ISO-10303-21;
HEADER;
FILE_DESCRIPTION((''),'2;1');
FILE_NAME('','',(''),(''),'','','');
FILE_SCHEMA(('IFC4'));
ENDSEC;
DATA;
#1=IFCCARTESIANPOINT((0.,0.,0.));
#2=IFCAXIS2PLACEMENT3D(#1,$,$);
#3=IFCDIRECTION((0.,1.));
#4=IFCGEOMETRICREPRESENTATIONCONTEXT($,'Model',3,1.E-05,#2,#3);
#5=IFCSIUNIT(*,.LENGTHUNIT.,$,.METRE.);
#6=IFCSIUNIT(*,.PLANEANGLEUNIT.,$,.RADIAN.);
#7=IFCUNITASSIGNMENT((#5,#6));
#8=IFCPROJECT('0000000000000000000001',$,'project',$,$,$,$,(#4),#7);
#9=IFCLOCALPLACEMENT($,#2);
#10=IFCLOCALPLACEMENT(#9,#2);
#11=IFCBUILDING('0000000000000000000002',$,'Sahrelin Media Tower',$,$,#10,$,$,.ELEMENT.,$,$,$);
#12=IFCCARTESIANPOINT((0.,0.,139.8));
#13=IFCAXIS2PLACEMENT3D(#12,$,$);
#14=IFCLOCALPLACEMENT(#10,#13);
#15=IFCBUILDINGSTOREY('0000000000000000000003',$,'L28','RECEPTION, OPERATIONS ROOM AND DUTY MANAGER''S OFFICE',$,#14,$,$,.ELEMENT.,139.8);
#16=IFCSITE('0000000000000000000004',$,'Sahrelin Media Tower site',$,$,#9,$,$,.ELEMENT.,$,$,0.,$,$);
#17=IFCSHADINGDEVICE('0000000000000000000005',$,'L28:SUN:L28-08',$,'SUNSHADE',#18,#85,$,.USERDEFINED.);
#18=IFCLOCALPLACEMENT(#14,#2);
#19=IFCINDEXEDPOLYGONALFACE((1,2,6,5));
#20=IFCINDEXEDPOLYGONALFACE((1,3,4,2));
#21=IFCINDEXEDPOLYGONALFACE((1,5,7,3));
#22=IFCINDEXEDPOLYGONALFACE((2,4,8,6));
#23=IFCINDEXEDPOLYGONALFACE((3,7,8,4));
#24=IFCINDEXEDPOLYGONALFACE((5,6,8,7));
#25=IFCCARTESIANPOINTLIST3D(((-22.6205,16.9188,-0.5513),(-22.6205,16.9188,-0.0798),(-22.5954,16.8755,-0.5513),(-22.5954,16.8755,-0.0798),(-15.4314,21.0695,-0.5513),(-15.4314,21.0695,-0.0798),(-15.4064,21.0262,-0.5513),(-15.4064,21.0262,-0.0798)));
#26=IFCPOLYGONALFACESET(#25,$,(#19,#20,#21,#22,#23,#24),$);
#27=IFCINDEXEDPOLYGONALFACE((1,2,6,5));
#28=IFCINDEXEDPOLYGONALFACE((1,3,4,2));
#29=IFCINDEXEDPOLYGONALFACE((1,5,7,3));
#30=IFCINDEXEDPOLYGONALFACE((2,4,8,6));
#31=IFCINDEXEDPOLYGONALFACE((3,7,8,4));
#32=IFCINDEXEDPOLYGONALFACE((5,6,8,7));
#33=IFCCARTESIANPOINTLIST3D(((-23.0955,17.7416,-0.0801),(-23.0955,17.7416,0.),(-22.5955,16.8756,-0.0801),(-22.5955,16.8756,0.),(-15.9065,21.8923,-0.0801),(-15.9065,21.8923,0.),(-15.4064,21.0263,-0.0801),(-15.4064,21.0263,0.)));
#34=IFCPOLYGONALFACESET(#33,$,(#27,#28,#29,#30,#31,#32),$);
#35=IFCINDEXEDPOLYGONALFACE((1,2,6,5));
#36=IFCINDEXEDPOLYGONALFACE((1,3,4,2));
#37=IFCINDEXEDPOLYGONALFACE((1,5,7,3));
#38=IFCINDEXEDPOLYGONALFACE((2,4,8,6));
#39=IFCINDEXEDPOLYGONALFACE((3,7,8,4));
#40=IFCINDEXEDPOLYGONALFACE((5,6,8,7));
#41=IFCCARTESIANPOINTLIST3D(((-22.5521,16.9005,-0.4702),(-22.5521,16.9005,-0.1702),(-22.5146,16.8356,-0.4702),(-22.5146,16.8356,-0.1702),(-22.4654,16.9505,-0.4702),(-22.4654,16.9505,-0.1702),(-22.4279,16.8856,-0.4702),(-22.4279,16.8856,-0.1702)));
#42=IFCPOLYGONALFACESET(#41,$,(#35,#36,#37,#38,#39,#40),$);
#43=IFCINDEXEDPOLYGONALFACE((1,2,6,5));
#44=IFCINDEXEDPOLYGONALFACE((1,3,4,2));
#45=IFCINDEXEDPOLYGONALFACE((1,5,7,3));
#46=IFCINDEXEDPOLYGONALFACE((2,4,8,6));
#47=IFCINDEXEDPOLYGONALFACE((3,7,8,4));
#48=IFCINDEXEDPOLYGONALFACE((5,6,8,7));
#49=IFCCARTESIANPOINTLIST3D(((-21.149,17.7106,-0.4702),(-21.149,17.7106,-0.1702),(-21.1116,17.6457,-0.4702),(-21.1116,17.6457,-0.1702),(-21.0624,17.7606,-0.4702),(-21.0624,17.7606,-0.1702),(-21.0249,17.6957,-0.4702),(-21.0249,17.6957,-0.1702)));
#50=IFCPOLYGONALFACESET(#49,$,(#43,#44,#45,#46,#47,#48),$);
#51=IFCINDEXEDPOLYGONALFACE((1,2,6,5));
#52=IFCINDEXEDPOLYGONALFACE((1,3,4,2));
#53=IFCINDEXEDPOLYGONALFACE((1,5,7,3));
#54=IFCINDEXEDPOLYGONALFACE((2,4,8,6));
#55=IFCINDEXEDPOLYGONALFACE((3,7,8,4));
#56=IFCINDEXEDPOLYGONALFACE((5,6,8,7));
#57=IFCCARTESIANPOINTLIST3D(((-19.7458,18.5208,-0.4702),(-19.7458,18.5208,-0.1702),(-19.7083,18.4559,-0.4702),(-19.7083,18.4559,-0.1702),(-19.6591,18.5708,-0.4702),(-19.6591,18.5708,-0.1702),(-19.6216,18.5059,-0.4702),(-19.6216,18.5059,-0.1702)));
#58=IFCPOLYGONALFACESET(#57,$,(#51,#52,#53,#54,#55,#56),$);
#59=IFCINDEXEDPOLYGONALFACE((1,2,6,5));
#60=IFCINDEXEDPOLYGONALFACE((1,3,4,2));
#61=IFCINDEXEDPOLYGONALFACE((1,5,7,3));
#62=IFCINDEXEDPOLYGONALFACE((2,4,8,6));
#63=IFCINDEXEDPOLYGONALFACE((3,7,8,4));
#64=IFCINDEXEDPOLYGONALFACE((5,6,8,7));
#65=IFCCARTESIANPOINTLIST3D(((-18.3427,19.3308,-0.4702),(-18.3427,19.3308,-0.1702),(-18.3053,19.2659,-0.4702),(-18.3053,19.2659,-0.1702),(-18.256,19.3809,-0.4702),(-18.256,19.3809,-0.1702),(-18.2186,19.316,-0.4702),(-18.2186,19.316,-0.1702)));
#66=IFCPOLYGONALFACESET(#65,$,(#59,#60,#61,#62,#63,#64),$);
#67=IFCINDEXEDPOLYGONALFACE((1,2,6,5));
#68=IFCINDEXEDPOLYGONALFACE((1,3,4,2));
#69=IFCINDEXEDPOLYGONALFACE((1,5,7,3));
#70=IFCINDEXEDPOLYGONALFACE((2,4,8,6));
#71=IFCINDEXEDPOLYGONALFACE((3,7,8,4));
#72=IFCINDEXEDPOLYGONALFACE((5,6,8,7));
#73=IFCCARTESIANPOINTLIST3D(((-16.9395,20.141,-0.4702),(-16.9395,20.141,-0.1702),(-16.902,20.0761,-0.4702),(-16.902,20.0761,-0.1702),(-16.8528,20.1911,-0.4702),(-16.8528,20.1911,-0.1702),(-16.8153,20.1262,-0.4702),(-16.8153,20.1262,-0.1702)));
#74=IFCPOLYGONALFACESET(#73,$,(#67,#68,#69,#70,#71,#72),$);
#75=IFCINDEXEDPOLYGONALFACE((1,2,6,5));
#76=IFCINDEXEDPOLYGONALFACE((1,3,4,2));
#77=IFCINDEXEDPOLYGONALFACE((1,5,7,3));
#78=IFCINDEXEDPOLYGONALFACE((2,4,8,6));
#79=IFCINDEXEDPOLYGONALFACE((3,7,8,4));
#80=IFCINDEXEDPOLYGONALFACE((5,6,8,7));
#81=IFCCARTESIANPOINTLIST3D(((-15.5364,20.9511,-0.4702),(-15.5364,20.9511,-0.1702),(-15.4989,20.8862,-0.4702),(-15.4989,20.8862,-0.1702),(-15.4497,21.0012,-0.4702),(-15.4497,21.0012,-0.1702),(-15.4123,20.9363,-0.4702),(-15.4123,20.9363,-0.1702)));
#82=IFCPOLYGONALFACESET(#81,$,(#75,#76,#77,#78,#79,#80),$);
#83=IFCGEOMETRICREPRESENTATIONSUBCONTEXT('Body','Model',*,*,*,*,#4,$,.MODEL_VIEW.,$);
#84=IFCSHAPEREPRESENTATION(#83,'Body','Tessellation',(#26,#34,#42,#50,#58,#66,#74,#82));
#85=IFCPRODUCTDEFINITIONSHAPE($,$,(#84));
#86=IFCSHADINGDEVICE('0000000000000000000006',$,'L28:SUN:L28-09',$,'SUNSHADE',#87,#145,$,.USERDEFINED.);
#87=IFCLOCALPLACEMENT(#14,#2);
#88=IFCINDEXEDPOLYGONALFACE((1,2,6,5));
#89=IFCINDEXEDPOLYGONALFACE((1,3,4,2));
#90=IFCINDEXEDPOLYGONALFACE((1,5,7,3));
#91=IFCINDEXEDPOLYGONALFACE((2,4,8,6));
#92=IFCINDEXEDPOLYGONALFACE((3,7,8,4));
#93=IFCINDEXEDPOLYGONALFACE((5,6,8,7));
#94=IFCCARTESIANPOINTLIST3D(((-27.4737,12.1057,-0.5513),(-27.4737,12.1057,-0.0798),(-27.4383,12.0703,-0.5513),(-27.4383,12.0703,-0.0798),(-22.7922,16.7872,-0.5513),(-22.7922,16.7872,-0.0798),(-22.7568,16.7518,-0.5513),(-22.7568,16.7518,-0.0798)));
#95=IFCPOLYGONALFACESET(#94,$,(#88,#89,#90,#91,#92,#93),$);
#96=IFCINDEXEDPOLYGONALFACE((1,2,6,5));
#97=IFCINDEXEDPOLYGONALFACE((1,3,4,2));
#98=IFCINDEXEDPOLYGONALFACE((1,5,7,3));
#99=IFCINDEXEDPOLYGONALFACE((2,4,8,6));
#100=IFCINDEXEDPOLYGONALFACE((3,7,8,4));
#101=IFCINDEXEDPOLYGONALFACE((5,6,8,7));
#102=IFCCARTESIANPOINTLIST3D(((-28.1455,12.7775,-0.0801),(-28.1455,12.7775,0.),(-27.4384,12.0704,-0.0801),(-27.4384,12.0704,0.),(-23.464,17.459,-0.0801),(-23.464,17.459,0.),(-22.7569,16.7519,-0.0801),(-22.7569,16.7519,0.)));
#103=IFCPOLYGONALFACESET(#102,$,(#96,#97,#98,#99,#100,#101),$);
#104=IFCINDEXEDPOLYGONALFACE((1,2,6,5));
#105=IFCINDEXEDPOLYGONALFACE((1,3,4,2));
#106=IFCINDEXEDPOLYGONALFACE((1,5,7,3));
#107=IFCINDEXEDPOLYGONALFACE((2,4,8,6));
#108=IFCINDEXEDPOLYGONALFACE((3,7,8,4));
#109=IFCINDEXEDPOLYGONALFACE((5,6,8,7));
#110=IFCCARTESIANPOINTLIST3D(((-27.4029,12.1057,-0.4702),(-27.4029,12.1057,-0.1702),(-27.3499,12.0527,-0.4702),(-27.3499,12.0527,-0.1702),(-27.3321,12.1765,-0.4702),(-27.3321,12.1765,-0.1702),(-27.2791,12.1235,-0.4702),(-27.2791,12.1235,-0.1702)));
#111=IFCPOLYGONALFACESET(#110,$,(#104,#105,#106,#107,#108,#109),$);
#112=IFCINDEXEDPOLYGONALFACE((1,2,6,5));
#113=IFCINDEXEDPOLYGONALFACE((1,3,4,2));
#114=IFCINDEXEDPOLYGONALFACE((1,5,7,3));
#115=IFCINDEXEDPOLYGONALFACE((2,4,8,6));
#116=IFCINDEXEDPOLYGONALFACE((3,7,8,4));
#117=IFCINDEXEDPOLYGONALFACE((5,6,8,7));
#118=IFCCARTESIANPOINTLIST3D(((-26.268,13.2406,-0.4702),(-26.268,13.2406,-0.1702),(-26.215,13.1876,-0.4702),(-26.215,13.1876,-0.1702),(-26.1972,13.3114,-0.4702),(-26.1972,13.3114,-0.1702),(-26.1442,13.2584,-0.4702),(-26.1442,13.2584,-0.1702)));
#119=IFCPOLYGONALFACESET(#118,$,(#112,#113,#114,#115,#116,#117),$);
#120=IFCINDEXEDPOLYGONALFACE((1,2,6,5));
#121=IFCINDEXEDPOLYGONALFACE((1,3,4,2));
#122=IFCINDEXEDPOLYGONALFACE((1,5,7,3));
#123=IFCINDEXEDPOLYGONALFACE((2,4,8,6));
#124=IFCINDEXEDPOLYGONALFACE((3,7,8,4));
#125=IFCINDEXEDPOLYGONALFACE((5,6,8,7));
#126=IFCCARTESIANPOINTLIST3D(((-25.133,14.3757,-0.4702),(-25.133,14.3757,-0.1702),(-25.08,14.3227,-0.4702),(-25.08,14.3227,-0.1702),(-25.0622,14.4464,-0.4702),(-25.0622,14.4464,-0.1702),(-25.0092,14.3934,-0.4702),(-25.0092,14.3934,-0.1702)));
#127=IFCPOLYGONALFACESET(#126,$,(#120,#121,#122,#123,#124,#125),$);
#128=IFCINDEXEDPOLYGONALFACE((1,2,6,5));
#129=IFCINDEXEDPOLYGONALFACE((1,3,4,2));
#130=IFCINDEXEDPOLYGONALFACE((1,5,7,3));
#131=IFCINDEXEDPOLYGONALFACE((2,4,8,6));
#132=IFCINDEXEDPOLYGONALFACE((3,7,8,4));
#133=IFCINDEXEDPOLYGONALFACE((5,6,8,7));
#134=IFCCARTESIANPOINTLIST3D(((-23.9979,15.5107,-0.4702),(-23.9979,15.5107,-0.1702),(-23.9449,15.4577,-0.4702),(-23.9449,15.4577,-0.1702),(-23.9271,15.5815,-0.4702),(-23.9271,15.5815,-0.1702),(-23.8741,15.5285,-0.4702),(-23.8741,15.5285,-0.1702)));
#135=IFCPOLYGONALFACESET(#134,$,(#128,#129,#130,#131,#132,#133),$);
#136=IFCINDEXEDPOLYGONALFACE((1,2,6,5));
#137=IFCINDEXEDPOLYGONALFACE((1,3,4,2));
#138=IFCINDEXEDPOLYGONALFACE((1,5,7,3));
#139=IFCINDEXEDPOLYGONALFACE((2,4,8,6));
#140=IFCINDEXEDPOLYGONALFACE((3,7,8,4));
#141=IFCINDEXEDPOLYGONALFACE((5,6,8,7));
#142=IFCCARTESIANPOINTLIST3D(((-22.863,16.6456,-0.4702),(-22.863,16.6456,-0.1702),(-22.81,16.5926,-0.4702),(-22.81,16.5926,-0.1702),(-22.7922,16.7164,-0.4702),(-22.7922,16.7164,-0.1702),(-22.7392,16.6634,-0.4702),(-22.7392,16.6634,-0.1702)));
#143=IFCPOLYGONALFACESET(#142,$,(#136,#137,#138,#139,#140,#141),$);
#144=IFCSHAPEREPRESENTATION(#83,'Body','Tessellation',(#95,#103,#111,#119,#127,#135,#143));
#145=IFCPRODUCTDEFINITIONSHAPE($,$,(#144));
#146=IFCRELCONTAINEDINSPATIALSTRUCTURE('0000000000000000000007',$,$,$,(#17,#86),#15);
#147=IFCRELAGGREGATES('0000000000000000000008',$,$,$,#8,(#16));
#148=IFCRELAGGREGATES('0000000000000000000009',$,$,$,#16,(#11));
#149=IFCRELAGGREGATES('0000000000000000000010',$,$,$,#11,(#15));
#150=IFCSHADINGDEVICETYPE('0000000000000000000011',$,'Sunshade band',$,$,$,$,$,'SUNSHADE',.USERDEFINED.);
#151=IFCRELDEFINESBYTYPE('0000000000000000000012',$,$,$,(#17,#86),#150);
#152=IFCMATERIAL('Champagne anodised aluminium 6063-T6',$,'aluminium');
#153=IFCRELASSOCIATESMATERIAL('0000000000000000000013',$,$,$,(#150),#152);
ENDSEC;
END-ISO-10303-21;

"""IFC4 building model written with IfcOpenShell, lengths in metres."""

from ifc_helpers import new_model, si_unit, direction, frame, origin, origin_2d, place, context, subcontext, project, spatial, rectangle, extrude, material, type_object, element, save


model = new_model("IFC4")

# Units and contexts
model_context = context("Model", 3, precision=1e-05, world=origin(), true_north=direction((0.0, 1.0)))
body_context = subcontext(model_context, "Body", "Model", "MODEL_VIEW")
ifc_project = project(units=[si_unit("LENGTHUNIT", "METRE"), si_unit("PLANEANGLEUNIT", "RADIAN")], contexts=[model_context])

# Site, building, storey
site_placement = place(None, origin())
site = spatial("IfcSite", under=ifc_project, at=site_placement, Name="Sahrelin Media Tower site", CompositionType="ELEMENT", RefElevation=0.0)
building_placement = place(site_placement, origin())
building = spatial("IfcBuilding", under=site, at=building_placement, Name="Sahrelin Media Tower", CompositionType="ELEMENT")
storey_placement = place(building_placement, frame((0.0, 0.0, 139.8)))
storey = spatial("IfcBuildingStorey", under=building, at=storey_placement, Name="L28", Description="RECEPTION, OPERATIONS ROOM AND DUTY MANAGER'S OFFICE", CompositionType="ELEMENT", Elevation=139.8)

# Shared definitions
ifc_material_1 = material(Name="Champagne anodised aluminium 6063-T6", Category="aluminium")

# Shading devices
placement_1 = place(storey_placement, frame((-18.991, 18.9336, 0.0), z_axis=(0.0, 0.0, 1.0), x_axis=(0.866019, 0.500011, 0.0)))
placement_2 = place(storey_placement, frame((-25.0835, 14.397, 0.0), z_axis=(0.0, 0.0, 1.0), x_axis=(0.707107, 0.707107, 0.0)))
shading_device_type_1 = type_object("IfcShadingDeviceType", Name="Sunshade band", ElementType="SUNSHADE", PredefinedType="USERDEFINED", material=ifc_material_1)
element("IfcShadingDevice", 1, at=placement_1, inside=storey, type_object=shading_device_type_1, Name="L28:SUN:L28-08", ObjectType="SUNSHADE", PredefinedType="USERDEFINED", context=body_context, shape_type="SweptSolid", body=[
    extrude(rectangle(XDim=8.3013, YDim=0.05, at=origin_2d()), frame((0.0, 0.0449, -0.5513)), (0.0, 0.0, 1.0), 0.4714),
    extrude(rectangle(XDim=8.3013, YDim=1.0, at=origin_2d()), frame((0.0, 0.52, -0.0801)), (0.0, 0.0, 1.0), 0.0801),
    extrude(rectangle(XDim=0.1001, YDim=0.075, at=origin_2d()), frame((-4.0505, -0.0176, -0.4702)), (0.0, 0.0, 1.0), 0.3),
    extrude(rectangle(XDim=0.1001, YDim=0.075, at=origin_2d()), frame((-2.4304, -0.0176, -0.4702)), (0.0, 0.0, 1.0), 0.3),
    extrude(rectangle(XDim=0.1001, YDim=0.075, at=origin_2d()), frame((-0.8101, -0.0176, -0.4702)), (0.0, 0.0, 1.0), 0.3),
    extrude(rectangle(XDim=0.1001, YDim=0.075, at=origin_2d()), frame((0.8101, -0.0176, -0.4702)), (0.0, 0.0, 1.0), 0.3),
    extrude(rectangle(XDim=0.1001, YDim=0.075, at=origin_2d()), frame((2.4304, -0.0176, -0.4702)), (0.0, 0.0, 1.0), 0.3),
    extrude(rectangle(XDim=0.1001, YDim=0.075, at=origin_2d()), frame((4.0505, -0.0176, -0.4702)), (0.0, 0.0, 1.0), 0.3),
])
element("IfcShadingDevice", 2, at=placement_2, inside=storey, type_object=shading_device_type_1, Name="L28:SUN:L28-09", ObjectType="SUNSHADE", PredefinedType="USERDEFINED", context=body_context, shape_type="SweptSolid", body=[
    extrude(rectangle(XDim=6.6206, YDim=0.05, at=origin_2d()), frame((0.0, 0.0449, -0.5513)), (0.0, 0.0, 1.0), 0.4714),
    extrude(rectangle(XDim=6.6206, YDim=1.0, at=origin_2d()), frame((0.0, 0.52, -0.0801)), (0.0, 0.0, 1.0), 0.0801),
    extrude(rectangle(XDim=0.1001, YDim=0.075, at=origin_2d()), frame((-3.2102, -0.0176, -0.4702)), (0.0, 0.0, 1.0), 0.3),
    extrude(rectangle(XDim=0.1001, YDim=0.075, at=origin_2d()), frame((-1.6052, -0.0176, -0.4702)), (0.0, 0.0, 1.0), 0.3),
    extrude(rectangle(XDim=0.1001, YDim=0.075, at=origin_2d()), frame((0.0, -0.0176, -0.4702)), (0.0, 0.0, 1.0), 0.3),
    extrude(rectangle(XDim=0.1001, YDim=0.075, at=origin_2d()), frame((1.6052, -0.0176, -0.4702)), (0.0, 0.0, 1.0), 0.3),
    extrude(rectangle(XDim=0.1001, YDim=0.075, at=origin_2d()), frame((3.2102, -0.0176, -0.4702)), (0.0, 0.0, 1.0), 0.3),
])

save(model, "model.ifc")
